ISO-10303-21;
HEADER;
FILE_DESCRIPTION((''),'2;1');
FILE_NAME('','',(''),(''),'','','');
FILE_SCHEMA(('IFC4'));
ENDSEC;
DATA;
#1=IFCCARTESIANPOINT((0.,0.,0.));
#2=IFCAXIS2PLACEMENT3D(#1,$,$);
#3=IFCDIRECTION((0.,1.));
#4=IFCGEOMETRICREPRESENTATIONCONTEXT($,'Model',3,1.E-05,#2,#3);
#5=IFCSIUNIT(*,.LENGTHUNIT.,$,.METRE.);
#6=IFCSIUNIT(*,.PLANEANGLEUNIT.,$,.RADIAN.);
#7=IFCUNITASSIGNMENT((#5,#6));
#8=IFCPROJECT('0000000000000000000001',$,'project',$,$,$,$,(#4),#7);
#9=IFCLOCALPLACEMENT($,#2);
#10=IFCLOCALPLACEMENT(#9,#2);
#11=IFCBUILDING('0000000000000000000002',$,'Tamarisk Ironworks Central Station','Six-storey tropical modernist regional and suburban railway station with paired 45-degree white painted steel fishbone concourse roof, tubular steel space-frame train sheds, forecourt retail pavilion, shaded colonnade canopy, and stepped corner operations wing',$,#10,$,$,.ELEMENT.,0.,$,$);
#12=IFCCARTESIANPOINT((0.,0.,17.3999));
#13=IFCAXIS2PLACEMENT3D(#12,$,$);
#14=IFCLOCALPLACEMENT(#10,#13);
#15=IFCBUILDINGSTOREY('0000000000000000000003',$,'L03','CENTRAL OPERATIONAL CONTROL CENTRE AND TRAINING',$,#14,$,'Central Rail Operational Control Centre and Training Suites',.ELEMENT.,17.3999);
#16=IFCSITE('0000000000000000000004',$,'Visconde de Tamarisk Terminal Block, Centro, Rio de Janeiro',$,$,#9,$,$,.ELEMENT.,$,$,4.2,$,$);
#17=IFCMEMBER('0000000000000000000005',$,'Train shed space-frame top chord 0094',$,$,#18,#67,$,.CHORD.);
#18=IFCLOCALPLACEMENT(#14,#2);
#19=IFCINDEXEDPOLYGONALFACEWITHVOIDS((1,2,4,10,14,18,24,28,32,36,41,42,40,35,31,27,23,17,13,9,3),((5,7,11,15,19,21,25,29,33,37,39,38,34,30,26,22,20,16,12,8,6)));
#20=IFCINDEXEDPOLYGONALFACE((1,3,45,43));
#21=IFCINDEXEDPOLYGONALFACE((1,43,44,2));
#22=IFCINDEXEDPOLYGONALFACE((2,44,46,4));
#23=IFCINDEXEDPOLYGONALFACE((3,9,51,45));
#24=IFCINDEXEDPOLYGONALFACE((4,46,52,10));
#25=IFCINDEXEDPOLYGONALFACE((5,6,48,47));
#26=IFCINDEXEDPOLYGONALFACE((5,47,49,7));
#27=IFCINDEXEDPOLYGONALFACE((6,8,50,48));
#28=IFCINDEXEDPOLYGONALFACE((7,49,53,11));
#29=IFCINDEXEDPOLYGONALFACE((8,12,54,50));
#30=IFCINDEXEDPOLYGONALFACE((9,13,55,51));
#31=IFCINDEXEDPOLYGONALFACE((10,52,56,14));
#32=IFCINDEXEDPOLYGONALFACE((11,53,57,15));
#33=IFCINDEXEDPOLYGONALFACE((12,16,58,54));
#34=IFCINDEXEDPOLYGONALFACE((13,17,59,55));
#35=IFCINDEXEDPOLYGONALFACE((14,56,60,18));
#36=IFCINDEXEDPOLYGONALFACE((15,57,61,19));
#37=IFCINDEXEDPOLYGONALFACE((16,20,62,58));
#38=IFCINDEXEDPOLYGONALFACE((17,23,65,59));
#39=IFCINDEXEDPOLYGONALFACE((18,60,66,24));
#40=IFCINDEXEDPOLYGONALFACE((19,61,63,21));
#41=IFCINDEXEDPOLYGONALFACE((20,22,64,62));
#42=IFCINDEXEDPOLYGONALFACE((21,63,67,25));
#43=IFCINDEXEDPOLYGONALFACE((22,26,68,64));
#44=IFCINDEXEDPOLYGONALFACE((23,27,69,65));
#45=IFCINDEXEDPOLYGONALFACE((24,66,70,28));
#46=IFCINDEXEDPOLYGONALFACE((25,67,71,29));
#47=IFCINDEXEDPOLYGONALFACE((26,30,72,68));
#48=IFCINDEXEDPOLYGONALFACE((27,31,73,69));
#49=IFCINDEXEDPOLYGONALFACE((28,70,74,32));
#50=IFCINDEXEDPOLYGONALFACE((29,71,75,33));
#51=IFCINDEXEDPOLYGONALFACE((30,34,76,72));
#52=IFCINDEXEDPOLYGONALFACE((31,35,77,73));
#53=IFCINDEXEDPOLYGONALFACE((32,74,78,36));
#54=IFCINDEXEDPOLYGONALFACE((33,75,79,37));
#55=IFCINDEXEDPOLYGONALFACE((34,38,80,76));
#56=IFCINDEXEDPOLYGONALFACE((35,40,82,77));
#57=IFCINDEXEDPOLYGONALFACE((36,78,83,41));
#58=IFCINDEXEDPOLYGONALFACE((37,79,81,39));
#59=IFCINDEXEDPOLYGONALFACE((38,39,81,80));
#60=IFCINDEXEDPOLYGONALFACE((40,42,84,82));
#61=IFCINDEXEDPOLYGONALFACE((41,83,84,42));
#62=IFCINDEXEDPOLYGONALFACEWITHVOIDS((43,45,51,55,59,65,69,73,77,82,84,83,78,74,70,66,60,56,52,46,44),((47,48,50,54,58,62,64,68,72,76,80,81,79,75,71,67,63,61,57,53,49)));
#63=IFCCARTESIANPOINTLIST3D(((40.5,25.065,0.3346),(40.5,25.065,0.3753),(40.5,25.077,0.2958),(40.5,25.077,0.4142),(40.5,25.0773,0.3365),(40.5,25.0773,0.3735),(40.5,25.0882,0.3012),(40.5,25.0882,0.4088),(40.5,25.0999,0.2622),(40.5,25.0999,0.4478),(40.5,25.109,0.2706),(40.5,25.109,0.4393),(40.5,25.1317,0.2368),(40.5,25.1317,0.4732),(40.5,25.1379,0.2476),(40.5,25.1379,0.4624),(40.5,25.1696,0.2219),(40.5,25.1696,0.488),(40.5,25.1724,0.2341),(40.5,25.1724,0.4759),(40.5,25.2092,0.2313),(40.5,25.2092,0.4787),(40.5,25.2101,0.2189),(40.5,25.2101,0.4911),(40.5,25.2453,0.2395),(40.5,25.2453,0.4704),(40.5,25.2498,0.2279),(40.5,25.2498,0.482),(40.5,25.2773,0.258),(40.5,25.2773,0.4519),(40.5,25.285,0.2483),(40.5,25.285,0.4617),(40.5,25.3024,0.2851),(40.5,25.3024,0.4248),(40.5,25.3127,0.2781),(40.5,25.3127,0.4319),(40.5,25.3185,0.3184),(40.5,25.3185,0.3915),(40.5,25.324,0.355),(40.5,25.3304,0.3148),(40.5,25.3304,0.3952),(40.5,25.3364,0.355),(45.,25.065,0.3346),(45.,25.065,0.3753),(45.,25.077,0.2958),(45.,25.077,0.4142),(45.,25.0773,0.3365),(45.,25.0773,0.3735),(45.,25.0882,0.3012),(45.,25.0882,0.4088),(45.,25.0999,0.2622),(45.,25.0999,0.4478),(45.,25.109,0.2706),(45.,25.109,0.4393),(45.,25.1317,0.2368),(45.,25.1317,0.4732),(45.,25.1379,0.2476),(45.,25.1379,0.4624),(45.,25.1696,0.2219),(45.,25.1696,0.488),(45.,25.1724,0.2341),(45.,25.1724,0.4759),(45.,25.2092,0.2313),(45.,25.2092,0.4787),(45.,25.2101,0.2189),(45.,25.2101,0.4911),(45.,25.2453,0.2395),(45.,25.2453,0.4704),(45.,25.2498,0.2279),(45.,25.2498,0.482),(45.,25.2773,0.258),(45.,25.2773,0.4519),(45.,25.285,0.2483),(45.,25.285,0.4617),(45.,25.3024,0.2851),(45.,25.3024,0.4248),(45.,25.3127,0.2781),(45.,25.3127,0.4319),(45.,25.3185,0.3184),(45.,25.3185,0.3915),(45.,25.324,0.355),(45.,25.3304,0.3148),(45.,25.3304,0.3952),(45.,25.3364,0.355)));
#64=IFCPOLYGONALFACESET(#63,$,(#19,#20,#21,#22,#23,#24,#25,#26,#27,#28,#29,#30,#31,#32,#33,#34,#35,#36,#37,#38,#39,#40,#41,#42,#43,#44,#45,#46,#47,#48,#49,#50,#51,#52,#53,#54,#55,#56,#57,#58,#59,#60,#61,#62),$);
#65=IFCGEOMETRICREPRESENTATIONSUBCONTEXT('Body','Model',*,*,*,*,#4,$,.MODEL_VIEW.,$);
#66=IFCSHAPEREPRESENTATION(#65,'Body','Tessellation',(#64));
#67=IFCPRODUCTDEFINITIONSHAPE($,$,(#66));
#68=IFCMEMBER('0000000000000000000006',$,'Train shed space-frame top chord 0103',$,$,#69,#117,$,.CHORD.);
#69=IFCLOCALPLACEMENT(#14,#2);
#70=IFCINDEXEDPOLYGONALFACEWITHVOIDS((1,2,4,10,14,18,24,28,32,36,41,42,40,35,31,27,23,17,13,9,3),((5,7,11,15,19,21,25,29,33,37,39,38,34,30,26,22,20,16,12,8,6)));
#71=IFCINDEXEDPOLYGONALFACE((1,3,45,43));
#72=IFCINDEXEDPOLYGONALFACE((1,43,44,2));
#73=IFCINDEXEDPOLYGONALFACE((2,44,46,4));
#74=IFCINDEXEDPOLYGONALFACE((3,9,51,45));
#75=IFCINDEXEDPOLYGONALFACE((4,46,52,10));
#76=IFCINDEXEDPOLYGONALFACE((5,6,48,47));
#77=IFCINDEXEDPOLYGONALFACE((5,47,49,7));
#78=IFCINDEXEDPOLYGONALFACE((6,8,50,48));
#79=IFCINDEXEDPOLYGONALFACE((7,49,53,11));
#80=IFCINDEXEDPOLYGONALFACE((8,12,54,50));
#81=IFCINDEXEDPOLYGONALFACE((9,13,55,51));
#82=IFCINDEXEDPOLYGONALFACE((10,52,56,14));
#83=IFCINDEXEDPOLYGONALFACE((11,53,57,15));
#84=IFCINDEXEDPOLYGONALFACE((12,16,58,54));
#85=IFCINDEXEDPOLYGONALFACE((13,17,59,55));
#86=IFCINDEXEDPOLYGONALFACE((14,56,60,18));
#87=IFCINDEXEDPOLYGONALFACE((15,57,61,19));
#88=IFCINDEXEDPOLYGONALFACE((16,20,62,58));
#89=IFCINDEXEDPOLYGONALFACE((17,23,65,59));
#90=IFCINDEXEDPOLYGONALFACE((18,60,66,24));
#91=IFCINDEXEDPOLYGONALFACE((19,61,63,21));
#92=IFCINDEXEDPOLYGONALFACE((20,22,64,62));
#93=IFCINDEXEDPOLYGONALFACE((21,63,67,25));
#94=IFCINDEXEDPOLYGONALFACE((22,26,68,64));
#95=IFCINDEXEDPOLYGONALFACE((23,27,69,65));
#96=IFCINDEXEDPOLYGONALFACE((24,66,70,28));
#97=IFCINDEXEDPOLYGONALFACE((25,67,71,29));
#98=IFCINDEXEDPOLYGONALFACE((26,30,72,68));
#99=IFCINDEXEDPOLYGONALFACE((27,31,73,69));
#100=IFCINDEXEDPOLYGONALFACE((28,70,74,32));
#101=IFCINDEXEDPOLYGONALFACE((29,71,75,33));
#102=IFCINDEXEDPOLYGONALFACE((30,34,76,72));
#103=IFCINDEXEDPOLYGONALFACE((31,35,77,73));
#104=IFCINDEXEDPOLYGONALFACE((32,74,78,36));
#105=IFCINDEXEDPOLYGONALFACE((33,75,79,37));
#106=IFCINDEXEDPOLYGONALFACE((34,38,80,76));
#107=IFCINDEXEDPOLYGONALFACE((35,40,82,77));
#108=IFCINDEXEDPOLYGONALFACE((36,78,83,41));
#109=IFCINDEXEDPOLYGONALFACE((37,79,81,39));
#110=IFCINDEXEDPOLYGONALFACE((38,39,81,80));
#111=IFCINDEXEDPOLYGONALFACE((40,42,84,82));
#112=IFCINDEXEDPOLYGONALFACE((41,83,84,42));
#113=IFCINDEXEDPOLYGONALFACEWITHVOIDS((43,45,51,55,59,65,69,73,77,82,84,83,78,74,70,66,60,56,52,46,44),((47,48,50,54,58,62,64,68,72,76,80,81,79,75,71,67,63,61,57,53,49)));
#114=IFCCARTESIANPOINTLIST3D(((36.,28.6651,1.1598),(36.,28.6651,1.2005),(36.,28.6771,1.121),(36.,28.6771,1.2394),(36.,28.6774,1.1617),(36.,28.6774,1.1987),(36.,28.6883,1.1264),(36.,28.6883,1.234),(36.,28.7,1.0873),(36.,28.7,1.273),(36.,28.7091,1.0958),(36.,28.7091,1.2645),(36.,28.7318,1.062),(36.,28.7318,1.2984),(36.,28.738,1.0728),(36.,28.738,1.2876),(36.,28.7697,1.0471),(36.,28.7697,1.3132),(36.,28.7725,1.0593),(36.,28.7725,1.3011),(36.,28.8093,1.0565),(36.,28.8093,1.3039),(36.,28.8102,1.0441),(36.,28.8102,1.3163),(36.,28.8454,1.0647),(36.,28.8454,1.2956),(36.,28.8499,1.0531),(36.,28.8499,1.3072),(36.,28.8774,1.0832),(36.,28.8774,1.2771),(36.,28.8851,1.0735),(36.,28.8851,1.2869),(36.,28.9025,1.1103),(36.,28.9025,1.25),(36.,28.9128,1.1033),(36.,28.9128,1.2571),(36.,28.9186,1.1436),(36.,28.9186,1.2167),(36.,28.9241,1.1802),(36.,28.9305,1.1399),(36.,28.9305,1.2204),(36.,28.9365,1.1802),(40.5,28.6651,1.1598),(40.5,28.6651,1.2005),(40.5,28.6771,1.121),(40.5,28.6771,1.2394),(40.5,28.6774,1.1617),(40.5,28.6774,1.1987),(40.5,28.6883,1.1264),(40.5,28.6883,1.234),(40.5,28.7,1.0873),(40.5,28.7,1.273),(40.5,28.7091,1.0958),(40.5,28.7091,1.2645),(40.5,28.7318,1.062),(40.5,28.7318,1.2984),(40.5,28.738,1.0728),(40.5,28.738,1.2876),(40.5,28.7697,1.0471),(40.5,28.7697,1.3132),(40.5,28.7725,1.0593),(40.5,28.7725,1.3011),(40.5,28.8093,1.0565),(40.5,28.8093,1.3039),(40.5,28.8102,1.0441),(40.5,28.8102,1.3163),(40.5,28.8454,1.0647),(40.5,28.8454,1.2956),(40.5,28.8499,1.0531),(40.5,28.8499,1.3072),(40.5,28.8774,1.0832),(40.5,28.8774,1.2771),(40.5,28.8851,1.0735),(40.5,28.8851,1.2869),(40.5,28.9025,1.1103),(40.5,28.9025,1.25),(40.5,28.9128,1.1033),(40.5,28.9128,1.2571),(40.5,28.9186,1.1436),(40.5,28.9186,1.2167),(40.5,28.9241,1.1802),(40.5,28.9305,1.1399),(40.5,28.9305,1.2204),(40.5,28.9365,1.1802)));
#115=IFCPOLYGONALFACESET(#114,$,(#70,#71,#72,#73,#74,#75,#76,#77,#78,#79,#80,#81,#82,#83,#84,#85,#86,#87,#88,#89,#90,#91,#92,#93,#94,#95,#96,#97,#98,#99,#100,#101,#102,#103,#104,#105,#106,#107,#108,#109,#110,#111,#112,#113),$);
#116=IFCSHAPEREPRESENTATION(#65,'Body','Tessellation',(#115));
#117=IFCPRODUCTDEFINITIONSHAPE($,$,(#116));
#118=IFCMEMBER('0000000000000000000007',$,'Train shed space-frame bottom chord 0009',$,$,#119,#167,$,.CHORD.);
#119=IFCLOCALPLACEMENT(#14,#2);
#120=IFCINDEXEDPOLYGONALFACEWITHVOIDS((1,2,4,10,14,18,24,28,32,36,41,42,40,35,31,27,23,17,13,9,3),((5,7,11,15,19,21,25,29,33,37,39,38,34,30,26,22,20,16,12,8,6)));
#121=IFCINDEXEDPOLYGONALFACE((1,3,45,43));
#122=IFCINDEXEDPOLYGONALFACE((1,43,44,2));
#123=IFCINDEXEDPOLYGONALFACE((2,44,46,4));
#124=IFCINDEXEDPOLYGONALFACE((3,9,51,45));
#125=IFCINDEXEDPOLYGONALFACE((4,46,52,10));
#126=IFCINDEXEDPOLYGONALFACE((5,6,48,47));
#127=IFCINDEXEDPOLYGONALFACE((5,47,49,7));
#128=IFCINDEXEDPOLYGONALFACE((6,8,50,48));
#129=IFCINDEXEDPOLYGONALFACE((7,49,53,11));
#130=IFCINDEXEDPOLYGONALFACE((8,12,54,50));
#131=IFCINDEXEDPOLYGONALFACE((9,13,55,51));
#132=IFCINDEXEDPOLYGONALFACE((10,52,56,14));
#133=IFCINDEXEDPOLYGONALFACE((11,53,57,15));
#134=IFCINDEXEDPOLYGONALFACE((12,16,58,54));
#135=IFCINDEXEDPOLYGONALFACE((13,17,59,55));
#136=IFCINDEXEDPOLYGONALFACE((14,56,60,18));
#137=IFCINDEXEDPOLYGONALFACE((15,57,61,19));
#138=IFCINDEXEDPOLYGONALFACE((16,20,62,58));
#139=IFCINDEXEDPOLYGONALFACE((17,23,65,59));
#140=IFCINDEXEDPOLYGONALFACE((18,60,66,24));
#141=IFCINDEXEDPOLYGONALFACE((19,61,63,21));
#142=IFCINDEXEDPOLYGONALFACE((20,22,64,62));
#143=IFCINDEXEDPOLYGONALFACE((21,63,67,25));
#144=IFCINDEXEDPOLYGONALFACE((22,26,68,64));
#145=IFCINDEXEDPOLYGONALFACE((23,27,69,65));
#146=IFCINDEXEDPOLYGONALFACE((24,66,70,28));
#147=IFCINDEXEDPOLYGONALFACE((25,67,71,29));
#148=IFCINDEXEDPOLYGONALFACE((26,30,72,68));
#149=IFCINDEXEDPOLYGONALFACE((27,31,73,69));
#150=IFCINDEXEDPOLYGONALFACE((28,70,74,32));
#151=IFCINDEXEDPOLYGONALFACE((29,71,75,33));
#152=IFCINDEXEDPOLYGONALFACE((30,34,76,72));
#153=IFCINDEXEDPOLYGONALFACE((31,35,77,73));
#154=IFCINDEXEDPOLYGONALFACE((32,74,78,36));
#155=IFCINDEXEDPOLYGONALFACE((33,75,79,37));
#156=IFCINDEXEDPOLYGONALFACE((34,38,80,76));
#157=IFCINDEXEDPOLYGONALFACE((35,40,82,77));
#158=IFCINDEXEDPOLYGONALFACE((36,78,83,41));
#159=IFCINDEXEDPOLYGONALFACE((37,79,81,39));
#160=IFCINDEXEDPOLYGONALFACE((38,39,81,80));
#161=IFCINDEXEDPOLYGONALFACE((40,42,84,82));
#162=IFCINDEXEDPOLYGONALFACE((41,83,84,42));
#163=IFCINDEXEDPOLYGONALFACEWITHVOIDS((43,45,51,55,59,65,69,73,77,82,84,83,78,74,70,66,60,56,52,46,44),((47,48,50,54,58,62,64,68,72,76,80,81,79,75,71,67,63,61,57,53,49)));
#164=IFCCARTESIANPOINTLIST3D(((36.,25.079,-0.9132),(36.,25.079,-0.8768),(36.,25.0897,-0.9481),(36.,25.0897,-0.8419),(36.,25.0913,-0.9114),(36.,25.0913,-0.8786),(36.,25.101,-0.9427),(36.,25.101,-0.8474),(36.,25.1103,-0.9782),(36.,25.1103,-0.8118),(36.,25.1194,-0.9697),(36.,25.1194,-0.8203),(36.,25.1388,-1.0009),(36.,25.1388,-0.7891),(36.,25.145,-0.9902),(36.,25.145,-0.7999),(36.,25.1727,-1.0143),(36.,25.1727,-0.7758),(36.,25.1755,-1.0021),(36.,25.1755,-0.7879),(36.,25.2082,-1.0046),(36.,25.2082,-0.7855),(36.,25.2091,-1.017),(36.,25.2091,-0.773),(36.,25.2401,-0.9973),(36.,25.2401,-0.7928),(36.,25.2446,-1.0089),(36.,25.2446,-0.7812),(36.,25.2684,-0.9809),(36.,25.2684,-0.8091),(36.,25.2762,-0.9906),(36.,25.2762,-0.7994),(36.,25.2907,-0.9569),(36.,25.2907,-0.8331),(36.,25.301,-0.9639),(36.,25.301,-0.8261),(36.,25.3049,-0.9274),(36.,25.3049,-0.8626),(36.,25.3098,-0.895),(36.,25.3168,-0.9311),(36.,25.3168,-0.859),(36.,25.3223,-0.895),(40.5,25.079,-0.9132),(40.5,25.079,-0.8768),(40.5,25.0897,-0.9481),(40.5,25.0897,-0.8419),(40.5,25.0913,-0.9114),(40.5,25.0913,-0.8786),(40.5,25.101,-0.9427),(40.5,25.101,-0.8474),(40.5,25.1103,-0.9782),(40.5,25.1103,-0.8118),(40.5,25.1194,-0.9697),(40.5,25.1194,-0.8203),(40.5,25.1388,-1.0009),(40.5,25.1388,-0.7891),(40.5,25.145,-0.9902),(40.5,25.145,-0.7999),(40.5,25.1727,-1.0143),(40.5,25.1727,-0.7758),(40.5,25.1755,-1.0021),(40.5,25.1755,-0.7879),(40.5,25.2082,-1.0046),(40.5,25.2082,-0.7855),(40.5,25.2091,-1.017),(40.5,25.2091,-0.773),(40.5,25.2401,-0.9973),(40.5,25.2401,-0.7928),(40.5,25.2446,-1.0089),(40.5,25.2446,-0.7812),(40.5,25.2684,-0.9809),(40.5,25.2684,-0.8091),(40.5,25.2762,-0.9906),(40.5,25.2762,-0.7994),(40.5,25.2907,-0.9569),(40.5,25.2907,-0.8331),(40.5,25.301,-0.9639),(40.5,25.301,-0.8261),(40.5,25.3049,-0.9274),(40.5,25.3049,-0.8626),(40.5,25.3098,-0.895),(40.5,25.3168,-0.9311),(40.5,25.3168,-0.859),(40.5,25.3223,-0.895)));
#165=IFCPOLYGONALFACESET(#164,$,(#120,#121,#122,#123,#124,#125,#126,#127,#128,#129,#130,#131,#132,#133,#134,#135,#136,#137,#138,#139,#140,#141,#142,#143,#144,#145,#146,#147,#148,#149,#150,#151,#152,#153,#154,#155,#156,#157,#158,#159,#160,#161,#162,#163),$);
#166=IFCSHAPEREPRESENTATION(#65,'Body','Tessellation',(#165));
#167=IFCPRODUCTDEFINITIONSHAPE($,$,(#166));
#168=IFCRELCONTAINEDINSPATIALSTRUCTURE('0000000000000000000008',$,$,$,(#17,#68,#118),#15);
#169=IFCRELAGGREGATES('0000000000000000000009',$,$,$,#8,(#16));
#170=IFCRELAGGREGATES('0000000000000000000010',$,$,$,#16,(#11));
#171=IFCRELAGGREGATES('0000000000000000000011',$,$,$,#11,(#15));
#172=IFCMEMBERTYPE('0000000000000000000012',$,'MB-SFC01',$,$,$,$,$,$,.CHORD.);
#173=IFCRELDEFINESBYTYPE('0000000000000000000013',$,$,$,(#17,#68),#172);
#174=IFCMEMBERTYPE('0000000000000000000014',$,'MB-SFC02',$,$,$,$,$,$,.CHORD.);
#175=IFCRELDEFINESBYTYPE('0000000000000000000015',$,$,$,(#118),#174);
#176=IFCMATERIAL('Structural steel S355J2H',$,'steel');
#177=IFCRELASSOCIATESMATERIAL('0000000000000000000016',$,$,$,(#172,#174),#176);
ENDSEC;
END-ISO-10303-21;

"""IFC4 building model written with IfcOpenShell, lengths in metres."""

from ifc_helpers import new_model, si_unit, direction, frame, origin, origin_2d, place, context, subcontext, project, spatial, hollow_circle, extrude, material, material_profile, profile_set, type_object, element, save


model = new_model("IFC4")

# Units and contexts
model_context = context("Model", 3, precision=1e-05, world=origin(), true_north=direction((0.0, 1.0)))
body_context = subcontext(model_context, "Body", "Model", "MODEL_VIEW")
ifc_project = project(units=[si_unit("LENGTHUNIT", "METRE"), si_unit("PLANEANGLEUNIT", "RADIAN")], contexts=[model_context])

# Site, building, storey
site_placement = place(None, origin())
site = spatial("IfcSite", under=ifc_project, at=site_placement, Name="Visconde de Tamarisk Terminal Block, Centro, Rio de Janeiro", CompositionType="ELEMENT", RefElevation=4.2)
building_placement = place(site_placement, origin())
building = spatial("IfcBuilding", under=site, at=building_placement, Name="Tamarisk Ironworks Central Station", Description="Six-storey tropical modernist regional and suburban railway station with paired 45-degree white painted steel fishbone concourse roof, tubular steel space-frame train sheds, forecourt retail pavilion, shaded colonnade canopy, and stepped corner operations wing", CompositionType="ELEMENT", ElevationOfRefHeight=0.0)
storey_placement = place(building_placement, frame((0.0, 0.0, 17.3999)))
storey = spatial("IfcBuildingStorey", under=building, at=storey_placement, Name="L03", Description="CENTRAL OPERATIONAL CONTROL CENTRE AND TRAINING", LongName="Central Rail Operational Control Centre and Training Suites", CompositionType="ELEMENT", Elevation=17.3999)

# Members
ifc_material_1 = material(Name="Structural steel S355J2H", Category="steel")
ifc_material_profile_1 = material_profile(ifc_material_1, hollow_circle(Radius=0.1365, WallThickness=0.0125, at=origin_2d()), Name="CHS 273x12.5")
ifc_profile_set_1 = profile_set([ifc_material_profile_1], Name="Structural steel S355J2H")
member_type_1 = type_object("IfcMemberType", Name="MB-SFC01", PredefinedType="CHORD", material=ifc_profile_set_1)
for number, where, z_axis, x_axis, name in (
    (1, (40.5, 25.2, 0.355), (1.0, 0.0, 0.0), (0.0, 1.0, 0.0), "Train shed space-frame top chord 0094"),
    (2, (36.0, 28.8, 1.1802), (1.0, 0.0, 0.0), (0.0, 1.0, 0.0), "Train shed space-frame top chord 0103"),
):
    element("IfcMember", number, at=place(storey_placement, frame(where, z_axis=z_axis, x_axis=x_axis)), inside=storey, type_object=member_type_1, Name=name, PredefinedType="CHORD", context=body_context, shape_type="SweptSolid", body=[
        extrude(hollow_circle(Radius=0.1365, WallThickness=0.0125, at=origin_2d()), origin(), (0.0, 0.0, 1.0), 4.5),
    ])
ifc_material_profile_2 = material_profile(ifc_material_1, hollow_circle(Radius=0.1223, WallThickness=0.0125, at=origin_2d()), Name="CHS 244.5x12.5")
ifc_profile_set_2 = profile_set([ifc_material_profile_2], Name="Structural steel S355J2H")
member_type_2 = type_object("IfcMemberType", Name="MB-SFC02", PredefinedType="CHORD", material=ifc_profile_set_2)
for number, where, z_axis, x_axis, name in (
    (3, (36.0, 25.2, -0.895), (1.0, 0.0, 0.0), (0.0, 1.0, 0.0), "Train shed space-frame bottom chord 0009"),
):
    element("IfcMember", number, at=place(storey_placement, frame(where, z_axis=z_axis, x_axis=x_axis)), inside=storey, type_object=member_type_2, Name=name, PredefinedType="CHORD", context=body_context, shape_type="SweptSolid", body=[
        extrude(hollow_circle(Radius=0.1223, WallThickness=0.0125, at=origin_2d()), origin(), (0.0, 0.0, 1.0), 4.5),
    ])

save(model, "model.ifc")
